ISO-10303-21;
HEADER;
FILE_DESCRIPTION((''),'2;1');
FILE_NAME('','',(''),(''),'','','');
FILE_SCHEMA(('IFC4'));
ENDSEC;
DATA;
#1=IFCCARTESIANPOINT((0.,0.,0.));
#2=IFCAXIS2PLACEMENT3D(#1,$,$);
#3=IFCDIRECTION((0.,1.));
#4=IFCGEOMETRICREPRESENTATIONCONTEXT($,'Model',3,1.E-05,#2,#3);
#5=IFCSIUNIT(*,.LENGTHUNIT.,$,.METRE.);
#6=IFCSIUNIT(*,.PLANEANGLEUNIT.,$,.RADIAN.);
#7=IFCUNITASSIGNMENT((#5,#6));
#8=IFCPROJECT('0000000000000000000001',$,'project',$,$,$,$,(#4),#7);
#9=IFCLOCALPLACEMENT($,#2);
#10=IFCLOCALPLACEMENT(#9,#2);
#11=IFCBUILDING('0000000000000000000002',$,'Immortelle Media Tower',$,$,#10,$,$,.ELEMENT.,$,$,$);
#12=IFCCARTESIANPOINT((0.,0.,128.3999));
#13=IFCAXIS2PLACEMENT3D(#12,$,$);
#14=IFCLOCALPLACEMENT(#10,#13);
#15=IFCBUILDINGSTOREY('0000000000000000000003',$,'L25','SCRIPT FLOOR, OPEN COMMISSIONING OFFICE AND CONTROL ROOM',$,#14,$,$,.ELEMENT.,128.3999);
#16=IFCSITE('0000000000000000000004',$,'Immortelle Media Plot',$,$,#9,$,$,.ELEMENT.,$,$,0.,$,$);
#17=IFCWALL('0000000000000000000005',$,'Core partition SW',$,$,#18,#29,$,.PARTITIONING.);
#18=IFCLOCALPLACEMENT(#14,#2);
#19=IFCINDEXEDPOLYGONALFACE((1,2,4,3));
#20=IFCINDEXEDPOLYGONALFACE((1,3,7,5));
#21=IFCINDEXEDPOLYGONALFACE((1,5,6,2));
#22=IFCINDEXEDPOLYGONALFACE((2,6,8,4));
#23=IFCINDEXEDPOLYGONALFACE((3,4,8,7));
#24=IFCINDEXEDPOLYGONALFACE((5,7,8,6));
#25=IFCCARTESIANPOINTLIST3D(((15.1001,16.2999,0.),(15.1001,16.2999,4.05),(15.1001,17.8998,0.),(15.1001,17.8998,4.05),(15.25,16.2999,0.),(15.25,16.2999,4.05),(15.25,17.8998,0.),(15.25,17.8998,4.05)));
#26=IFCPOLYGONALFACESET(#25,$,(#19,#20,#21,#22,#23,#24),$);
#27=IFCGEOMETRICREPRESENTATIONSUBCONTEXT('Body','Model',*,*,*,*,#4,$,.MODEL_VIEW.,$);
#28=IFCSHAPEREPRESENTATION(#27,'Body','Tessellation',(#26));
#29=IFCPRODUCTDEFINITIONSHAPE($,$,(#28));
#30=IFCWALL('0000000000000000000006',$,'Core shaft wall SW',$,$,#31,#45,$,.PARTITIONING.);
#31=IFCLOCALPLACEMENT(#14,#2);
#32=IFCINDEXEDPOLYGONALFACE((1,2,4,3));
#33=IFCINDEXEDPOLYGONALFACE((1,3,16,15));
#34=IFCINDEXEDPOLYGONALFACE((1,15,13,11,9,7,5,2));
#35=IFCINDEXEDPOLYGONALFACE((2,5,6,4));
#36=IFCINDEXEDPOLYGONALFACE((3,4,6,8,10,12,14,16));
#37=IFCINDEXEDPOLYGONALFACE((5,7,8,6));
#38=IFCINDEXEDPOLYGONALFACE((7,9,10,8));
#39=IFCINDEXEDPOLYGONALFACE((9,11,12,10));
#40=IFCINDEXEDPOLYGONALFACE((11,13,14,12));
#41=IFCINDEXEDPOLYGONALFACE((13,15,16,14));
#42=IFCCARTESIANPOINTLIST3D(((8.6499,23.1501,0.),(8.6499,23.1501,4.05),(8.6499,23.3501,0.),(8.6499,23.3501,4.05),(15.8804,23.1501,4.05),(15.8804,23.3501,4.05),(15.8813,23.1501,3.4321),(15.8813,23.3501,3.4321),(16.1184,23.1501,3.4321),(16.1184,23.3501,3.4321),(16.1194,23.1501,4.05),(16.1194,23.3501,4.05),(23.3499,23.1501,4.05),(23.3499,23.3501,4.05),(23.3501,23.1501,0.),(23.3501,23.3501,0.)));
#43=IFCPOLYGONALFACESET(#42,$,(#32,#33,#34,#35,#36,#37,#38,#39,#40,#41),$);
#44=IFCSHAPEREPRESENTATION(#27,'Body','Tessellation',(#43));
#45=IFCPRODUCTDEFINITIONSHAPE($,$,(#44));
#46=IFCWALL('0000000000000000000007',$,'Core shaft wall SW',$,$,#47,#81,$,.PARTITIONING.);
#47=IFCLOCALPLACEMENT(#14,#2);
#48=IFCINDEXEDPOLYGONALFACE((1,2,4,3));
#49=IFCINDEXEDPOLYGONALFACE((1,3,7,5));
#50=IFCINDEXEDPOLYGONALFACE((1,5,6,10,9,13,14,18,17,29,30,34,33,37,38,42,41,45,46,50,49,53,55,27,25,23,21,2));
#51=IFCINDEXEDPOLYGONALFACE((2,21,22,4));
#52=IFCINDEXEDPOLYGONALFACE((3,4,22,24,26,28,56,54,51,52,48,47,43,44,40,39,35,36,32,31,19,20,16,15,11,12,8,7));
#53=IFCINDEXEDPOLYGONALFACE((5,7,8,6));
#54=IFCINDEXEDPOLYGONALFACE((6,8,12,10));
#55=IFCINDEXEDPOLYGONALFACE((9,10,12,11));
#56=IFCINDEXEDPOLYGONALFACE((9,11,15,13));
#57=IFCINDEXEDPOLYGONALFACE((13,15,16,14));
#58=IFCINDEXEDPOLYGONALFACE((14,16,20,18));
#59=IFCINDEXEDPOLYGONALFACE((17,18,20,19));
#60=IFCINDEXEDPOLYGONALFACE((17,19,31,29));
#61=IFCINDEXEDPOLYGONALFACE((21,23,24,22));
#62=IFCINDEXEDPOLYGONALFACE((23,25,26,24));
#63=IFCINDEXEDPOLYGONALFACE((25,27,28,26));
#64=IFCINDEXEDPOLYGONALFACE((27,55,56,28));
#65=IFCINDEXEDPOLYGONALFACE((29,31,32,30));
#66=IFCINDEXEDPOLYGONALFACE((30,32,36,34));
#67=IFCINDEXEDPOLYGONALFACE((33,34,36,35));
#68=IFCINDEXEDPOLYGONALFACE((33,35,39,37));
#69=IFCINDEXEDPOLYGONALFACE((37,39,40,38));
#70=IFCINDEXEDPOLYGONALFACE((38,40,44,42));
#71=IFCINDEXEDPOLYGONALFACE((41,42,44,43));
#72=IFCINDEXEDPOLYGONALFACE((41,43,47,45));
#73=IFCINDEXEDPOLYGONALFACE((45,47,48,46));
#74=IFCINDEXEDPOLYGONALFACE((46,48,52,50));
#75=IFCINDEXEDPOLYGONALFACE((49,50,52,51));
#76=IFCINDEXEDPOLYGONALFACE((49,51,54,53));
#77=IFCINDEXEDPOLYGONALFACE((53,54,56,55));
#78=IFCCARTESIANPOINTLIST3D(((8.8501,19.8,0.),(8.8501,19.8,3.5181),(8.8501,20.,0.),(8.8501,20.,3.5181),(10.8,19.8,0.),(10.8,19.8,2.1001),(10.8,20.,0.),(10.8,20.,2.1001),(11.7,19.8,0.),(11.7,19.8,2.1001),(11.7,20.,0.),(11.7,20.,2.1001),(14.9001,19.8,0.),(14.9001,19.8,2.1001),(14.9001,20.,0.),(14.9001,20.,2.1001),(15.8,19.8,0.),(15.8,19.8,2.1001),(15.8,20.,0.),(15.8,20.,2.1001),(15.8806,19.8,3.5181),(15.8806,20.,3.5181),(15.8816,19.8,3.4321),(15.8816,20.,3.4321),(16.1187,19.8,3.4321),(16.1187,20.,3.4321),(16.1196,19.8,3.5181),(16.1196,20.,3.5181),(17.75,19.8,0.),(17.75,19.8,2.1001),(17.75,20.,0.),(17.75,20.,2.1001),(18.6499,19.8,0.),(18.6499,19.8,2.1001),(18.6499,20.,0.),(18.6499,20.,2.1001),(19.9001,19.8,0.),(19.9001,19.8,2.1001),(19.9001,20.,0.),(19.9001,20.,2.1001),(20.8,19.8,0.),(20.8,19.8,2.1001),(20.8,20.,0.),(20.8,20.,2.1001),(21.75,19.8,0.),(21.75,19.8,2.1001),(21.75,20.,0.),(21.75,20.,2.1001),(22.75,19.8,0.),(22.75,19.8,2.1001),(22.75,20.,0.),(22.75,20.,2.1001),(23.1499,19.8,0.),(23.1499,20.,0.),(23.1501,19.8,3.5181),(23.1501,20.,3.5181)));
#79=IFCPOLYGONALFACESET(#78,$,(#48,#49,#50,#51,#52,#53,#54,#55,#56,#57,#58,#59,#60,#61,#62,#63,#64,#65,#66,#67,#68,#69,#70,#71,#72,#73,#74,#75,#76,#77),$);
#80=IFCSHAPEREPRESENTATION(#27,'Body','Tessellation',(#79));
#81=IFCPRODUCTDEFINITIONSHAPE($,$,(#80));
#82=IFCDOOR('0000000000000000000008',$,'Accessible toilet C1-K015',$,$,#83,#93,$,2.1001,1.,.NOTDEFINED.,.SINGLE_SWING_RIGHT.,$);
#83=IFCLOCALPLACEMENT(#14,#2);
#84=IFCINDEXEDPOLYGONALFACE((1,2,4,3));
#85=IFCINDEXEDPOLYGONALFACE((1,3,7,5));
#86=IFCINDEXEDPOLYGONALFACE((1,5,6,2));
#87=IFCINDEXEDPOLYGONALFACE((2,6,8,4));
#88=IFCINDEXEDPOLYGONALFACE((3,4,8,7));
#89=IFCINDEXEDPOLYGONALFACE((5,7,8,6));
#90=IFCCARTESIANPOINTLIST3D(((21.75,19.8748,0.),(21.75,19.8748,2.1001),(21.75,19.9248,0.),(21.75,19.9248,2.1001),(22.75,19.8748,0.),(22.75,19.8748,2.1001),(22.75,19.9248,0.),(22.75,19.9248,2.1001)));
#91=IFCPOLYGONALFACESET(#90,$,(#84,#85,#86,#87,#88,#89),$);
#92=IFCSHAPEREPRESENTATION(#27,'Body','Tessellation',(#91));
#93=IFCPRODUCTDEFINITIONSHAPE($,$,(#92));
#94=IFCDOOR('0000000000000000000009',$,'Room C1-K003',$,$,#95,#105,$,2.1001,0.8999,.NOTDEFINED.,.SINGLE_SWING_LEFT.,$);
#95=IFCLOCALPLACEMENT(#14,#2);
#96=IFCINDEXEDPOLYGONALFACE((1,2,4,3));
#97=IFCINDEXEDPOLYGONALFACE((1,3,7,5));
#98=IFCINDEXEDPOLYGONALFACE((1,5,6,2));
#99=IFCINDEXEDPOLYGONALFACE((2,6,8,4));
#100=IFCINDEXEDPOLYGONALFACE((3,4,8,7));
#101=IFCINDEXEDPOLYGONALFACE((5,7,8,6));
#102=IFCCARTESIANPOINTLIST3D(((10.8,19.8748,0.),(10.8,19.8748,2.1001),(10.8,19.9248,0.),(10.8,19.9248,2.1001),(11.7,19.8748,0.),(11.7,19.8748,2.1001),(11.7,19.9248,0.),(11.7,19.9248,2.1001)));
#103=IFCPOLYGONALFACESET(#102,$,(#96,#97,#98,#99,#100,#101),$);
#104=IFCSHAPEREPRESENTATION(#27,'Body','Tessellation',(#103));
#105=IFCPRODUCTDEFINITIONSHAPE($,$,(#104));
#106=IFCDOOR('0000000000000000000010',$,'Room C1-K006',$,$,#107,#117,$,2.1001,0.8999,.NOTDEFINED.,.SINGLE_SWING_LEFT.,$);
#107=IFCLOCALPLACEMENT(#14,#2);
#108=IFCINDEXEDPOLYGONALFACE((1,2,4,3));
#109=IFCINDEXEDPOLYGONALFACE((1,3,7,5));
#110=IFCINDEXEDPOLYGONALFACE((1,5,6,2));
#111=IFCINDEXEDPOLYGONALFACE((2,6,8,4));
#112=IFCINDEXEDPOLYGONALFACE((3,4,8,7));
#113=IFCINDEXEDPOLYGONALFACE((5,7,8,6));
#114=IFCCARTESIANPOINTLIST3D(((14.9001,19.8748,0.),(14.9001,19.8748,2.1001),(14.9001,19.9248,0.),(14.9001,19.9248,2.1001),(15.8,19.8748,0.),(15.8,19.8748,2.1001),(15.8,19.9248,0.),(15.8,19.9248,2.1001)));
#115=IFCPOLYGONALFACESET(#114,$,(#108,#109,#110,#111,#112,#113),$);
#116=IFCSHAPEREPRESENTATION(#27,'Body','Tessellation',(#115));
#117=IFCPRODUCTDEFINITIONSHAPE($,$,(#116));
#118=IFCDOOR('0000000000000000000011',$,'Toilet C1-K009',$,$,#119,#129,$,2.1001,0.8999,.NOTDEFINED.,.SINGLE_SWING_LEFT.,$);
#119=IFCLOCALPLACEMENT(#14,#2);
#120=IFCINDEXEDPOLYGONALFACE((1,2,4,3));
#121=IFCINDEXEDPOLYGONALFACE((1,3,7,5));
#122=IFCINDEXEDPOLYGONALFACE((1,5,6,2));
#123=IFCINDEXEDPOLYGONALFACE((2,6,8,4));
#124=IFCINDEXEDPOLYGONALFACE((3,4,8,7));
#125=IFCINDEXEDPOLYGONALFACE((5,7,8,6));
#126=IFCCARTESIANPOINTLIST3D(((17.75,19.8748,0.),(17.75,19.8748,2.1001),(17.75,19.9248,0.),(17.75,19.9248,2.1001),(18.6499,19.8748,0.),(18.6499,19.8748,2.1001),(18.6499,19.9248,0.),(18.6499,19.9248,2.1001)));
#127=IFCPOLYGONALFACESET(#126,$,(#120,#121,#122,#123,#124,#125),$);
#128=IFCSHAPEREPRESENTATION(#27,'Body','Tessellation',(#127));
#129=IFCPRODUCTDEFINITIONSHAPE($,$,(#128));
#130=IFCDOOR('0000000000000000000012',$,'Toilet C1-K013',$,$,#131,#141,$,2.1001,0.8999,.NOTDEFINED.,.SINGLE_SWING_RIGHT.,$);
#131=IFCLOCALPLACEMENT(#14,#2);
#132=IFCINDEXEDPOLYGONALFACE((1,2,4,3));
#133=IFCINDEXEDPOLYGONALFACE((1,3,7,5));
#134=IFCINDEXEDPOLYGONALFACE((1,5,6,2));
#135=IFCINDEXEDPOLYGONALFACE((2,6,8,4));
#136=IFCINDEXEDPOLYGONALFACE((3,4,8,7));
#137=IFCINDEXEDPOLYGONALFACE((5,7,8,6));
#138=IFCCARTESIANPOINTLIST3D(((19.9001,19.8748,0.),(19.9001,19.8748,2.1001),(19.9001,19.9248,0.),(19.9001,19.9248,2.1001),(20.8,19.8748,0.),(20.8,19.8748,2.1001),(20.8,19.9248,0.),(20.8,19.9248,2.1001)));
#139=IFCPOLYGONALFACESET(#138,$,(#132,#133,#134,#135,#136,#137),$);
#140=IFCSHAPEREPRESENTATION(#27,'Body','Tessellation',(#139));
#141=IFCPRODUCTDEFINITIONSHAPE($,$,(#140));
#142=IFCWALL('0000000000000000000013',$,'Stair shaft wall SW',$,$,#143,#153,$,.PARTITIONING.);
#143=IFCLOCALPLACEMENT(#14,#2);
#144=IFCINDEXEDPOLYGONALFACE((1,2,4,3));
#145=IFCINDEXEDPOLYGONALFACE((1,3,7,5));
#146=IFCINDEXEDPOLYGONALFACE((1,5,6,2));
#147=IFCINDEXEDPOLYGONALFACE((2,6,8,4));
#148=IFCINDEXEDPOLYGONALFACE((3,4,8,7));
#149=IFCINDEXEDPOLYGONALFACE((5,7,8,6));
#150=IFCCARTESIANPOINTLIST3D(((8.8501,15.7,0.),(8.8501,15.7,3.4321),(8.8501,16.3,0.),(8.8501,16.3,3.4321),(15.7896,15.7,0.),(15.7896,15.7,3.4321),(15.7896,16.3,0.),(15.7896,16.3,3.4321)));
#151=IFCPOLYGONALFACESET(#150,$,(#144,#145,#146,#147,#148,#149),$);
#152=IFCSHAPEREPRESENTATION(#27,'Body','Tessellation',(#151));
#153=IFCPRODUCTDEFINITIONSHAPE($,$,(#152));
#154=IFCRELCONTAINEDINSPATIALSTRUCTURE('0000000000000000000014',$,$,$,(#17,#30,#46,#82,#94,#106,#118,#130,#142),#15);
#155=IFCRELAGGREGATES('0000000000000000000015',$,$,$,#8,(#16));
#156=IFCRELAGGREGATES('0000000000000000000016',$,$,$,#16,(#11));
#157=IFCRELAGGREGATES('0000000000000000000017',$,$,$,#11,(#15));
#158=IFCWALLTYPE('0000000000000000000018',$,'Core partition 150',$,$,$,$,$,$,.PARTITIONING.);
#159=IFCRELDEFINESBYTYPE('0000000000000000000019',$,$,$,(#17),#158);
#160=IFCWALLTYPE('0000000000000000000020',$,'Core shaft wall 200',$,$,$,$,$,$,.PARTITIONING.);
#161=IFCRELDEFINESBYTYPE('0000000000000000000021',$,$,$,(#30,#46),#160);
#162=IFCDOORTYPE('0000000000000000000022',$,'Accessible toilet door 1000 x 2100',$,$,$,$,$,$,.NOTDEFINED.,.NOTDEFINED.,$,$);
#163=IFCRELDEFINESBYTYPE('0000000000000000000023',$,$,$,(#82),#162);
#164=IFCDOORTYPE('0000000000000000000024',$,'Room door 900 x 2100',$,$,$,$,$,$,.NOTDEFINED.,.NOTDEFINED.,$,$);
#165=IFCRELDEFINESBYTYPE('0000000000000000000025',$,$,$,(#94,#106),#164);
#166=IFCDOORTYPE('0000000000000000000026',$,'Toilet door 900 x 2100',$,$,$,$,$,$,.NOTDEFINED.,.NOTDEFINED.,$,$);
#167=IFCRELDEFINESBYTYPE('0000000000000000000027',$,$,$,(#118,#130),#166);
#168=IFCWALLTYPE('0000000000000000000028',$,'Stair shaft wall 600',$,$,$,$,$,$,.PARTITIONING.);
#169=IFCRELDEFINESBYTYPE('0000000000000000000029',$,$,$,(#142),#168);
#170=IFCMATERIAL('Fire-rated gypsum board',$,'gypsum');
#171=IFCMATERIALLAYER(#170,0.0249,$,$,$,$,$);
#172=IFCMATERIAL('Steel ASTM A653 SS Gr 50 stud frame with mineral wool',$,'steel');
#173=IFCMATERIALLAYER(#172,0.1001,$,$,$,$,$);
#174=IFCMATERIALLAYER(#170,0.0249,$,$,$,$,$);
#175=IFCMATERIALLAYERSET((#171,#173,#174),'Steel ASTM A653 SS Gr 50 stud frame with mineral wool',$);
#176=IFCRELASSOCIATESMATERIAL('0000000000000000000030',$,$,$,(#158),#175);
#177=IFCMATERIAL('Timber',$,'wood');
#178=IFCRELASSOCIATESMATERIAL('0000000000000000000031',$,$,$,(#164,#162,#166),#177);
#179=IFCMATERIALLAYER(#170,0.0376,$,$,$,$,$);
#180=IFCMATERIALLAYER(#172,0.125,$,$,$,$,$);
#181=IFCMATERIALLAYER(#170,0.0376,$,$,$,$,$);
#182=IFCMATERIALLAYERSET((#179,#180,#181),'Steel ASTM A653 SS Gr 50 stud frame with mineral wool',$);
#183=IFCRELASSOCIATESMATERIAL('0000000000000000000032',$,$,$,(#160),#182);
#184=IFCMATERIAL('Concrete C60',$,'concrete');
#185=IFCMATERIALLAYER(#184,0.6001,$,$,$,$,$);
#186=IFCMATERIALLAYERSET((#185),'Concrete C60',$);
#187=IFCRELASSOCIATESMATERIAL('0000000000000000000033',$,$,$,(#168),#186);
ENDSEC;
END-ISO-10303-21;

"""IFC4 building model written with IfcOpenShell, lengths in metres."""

from ifc_helpers import new_model, si_unit, direction, frame, frame_2d, origin, place, context, subcontext, project, spatial, polyline, rectangle, outline, extrude, material, layer, layer_set, type_object, element, fill, save


model = new_model("IFC4")

# Units and contexts
model_context = context("Model", 3, precision=1e-05, world=origin(), true_north=direction((0.0, 1.0)))
body_context = subcontext(model_context, "Body", "Model", "MODEL_VIEW")
ifc_project = project(units=[si_unit("LENGTHUNIT", "METRE"), si_unit("PLANEANGLEUNIT", "RADIAN")], contexts=[model_context])

# Site, building, storey
site_placement = place(None, origin())
site = spatial("IfcSite", under=ifc_project, at=site_placement, Name="Immortelle Media Plot", CompositionType="ELEMENT", RefElevation=0.0)
building_placement = place(site_placement, origin())
building = spatial("IfcBuilding", under=site, at=building_placement, Name="Immortelle Media Tower", CompositionType="ELEMENT")
storey_placement = place(building_placement, frame((0.0, 0.0, 128.3999)))
storey = spatial("IfcBuildingStorey", under=building, at=storey_placement, Name="L25", Description="SCRIPT FLOOR, OPEN COMMISSIONING OFFICE AND CONTROL ROOM", CompositionType="ELEMENT", Elevation=128.3999)

# Shared definitions
ifc_material_1 = material(Name="Fire-rated gypsum board", Category="gypsum")
ifc_layer_1 = layer(ifc_material_1, 0.0249)
ifc_material_2 = material(Name="Steel ASTM A653 SS Gr 50 stud frame with mineral wool", Category="steel")
ifc_layer_2 = layer(ifc_material_2, 0.1001)
ifc_layer_3 = layer(ifc_material_1, 0.0249)
ifc_layer_set_1 = layer_set([ifc_layer_1, ifc_layer_2, ifc_layer_3], Name="Steel ASTM A653 SS Gr 50 stud frame with mineral wool")
wall_type_1 = type_object("IfcWallType", Name="Core partition 150", PredefinedType="PARTITIONING", material=ifc_layer_set_1)

# Shared definitions
ifc_material_3 = material(Name="Timber", Category="wood")
door_type_1 = type_object("IfcDoorType", Name="Room door 900 x 2100", OperationType="NOTDEFINED", PredefinedType="NOTDEFINED", material=ifc_material_3)

# Walls
wall_1_placement = place(storey_placement, frame((15.175, 16.3, 0.0), z_axis=(0.0, 0.0, 1.0), x_axis=(0.0, 1.0, 0.0)))
element("IfcWall", 1, at=wall_1_placement, inside=storey, type_object=wall_type_1, Name="Core partition SW", PredefinedType="PARTITIONING", context=body_context, shape_type="SweptSolid", body=[
    extrude(rectangle(XDim=1.5999, YDim=0.1499, at=frame_2d((0.7998, 0.0))), origin(), (0.0, 0.0, 1.0), 4.05),
])
ifc_layer_4 = layer(ifc_material_1, 0.0376)
ifc_layer_5 = layer(ifc_material_2, 0.125)
ifc_layer_6 = layer(ifc_material_1, 0.0376)
ifc_layer_set_2 = layer_set([ifc_layer_4, ifc_layer_5, ifc_layer_6], Name="Steel ASTM A653 SS Gr 50 stud frame with mineral wool")
wall_type_2 = type_object("IfcWallType", Name="Core shaft wall 200", PredefinedType="PARTITIONING", material=ifc_layer_set_2)
wall_2_placement = place(storey_placement, frame((8.6499, 23.25, 0.0), z_axis=(0.0, 0.0, 1.0), x_axis=(1.0, 0.0, 0.0)))
element("IfcWall", 2, at=wall_2_placement, inside=storey, type_object=wall_type_2, Name="Core shaft wall SW", PredefinedType="PARTITIONING", context=body_context, shape_type="SweptSolid", body=[
    extrude(outline(polyline([(0.0, 0.0), (14.7002, 0.0), (14.7, 4.05), (7.4695, 4.05), (7.4685, 3.4321), (7.2314, 3.4321), (7.2305, 4.05), (0.0, 4.05), (0.0, 0.0)])), frame((0.0, 0.1001, 0.0), z_axis=(0.0, -1.0, 0.0), x_axis=(1.0, 0.0, 0.0)), (0.0, 0.0, 1.0), 0.2),
])

# Wall, openings, doors
wall_3_placement = place(storey_placement, frame((8.8501, 19.8999, 0.0), z_axis=(0.0, 0.0, 1.0), x_axis=(1.0, 0.0, 0.0)))
wall_3 = element("IfcWall", 3, at=wall_3_placement, inside=storey, type_object=wall_type_2, Name="Core shaft wall SW", PredefinedType="PARTITIONING", context=body_context, shape_type="SweptSolid", body=[
    extrude(outline(polyline([(0.0, 0.0), (14.2998, 0.0), (14.3, 3.5181), (7.2695, 3.5181), (7.2686, 3.4321), (7.0315, 3.4321), (7.0305, 3.5181), (0.0, 3.5181), (0.0, 0.0)])), frame((0.0, 0.1001, 0.0), z_axis=(0.0, -1.0, 0.0), x_axis=(1.0, 0.0, 0.0)), (0.0, 0.0, 1.0), 0.2),
])
opening_1_placement = place(wall_3_placement, frame((1.95, 0.0, 0.0)))
opening_1 = element("IfcOpeningElement", 4, at=opening_1_placement, cuts=wall_3, PredefinedType="OPENING", context=body_context, shape_type="SweptSolid", body=[
    extrude(rectangle(XDim=0.8999, YDim=2.1001, at=frame_2d((0.45, 1.05))), frame((0.0, 0.1099, 0.0), z_axis=(0.0, -1.0, 0.0), x_axis=(1.0, 0.0, 0.0)), (0.0, 0.0, 1.0), 0.22),
])
opening_2_placement = place(wall_3_placement, frame((6.05, 0.0, 0.0)))
opening_2 = element("IfcOpeningElement", 5, at=opening_2_placement, cuts=wall_3, PredefinedType="OPENING", context=body_context, shape_type="SweptSolid", body=[
    extrude(rectangle(XDim=0.8999, YDim=2.1001, at=frame_2d((0.45, 1.05))), frame((0.0, 0.1099, 0.0), z_axis=(0.0, -1.0, 0.0), x_axis=(1.0, 0.0, 0.0)), (0.0, 0.0, 1.0), 0.22),
])
opening_3_placement = place(wall_3_placement, frame((8.8999, 0.0, 0.0)))
opening_3 = element("IfcOpeningElement", 6, at=opening_3_placement, cuts=wall_3, PredefinedType="OPENING", context=body_context, shape_type="SweptSolid", body=[
    extrude(rectangle(XDim=0.8999, YDim=2.1001, at=frame_2d((0.45, 1.05))), frame((0.0, 0.1099, 0.0), z_axis=(0.0, -1.0, 0.0), x_axis=(1.0, 0.0, 0.0)), (0.0, 0.0, 1.0), 0.22),
])
opening_4_placement = place(wall_3_placement, frame((11.05, 0.0, 0.0)))
opening_4 = element("IfcOpeningElement", 7, at=opening_4_placement, cuts=wall_3, PredefinedType="OPENING", context=body_context, shape_type="SweptSolid", body=[
    extrude(rectangle(XDim=0.8999, YDim=2.1001, at=frame_2d((0.45, 1.05))), frame((0.0, 0.1099, 0.0), z_axis=(0.0, -1.0, 0.0), x_axis=(1.0, 0.0, 0.0)), (0.0, 0.0, 1.0), 0.22),
])
opening_5_placement = place(wall_3_placement, frame((12.8999, 0.0, 0.0)))
opening_5 = element("IfcOpeningElement", 8, at=opening_5_placement, cuts=wall_3, PredefinedType="OPENING", context=body_context, shape_type="SweptSolid", body=[
    extrude(rectangle(XDim=1.0, YDim=2.1001, at=frame_2d((0.5, 1.05))), frame((0.0, 0.1099, 0.0), z_axis=(0.0, -1.0, 0.0), x_axis=(1.0, 0.0, 0.0)), (0.0, 0.0, 1.0), 0.22),
])
door_type_2 = type_object("IfcDoorType", Name="Accessible toilet door 1000 x 2100", OperationType="NOTDEFINED", PredefinedType="NOTDEFINED", material=ifc_material_3)
door_1_placement = place(opening_5_placement, origin())
door_1 = element("IfcDoor", 9, at=door_1_placement, inside=storey, type_object=door_type_2, Name="Accessible toilet C1-K015", OperationType="SINGLE_SWING_RIGHT", OverallHeight=2.1001, OverallWidth=1.0, PredefinedType="NOTDEFINED", context=body_context, shape_type="SweptSolid", body=[
    extrude(rectangle(XDim=1.0, YDim=2.1001, at=frame_2d((0.5, 1.05))), frame((0.0, 0.0249, 0.0), z_axis=(0.0, -1.0, 0.0), x_axis=(1.0, 0.0, 0.0)), (0.0, 0.0, 1.0), 0.05),
])
fill(opening_5, door_1)
door_2_placement = place(opening_1_placement, origin())
door_2 = element("IfcDoor", 10, at=door_2_placement, inside=storey, type_object=door_type_1, Name="Room C1-K003", OperationType="SINGLE_SWING_LEFT", OverallHeight=2.1001, OverallWidth=0.8999, PredefinedType="NOTDEFINED", context=body_context, shape_type="SweptSolid", body=[
    extrude(rectangle(XDim=0.8999, YDim=2.1001, at=frame_2d((0.45, 1.05))), frame((0.0, 0.0249, 0.0), z_axis=(0.0, -1.0, 0.0), x_axis=(1.0, 0.0, 0.0)), (0.0, 0.0, 1.0), 0.05),
])
fill(opening_1, door_2)
door_3_placement = place(opening_2_placement, origin())
door_3 = element("IfcDoor", 11, at=door_3_placement, inside=storey, type_object=door_type_1, Name="Room C1-K006", OperationType="SINGLE_SWING_LEFT", OverallHeight=2.1001, OverallWidth=0.8999, PredefinedType="NOTDEFINED", context=body_context, shape_type="SweptSolid", body=[
    extrude(rectangle(XDim=0.8999, YDim=2.1001, at=frame_2d((0.45, 1.05))), frame((0.0, 0.0249, 0.0), z_axis=(0.0, -1.0, 0.0), x_axis=(1.0, 0.0, 0.0)), (0.0, 0.0, 1.0), 0.05),
])
fill(opening_2, door_3)
door_type_3 = type_object("IfcDoorType", Name="Toilet door 900 x 2100", OperationType="NOTDEFINED", PredefinedType="NOTDEFINED", material=ifc_material_3)
door_4_placement = place(opening_3_placement, origin())
door_4 = element("IfcDoor", 12, at=door_4_placement, inside=storey, type_object=door_type_3, Name="Toilet C1-K009", OperationType="SINGLE_SWING_LEFT", OverallHeight=2.1001, OverallWidth=0.8999, PredefinedType="NOTDEFINED", context=body_context, shape_type="SweptSolid", body=[
    extrude(rectangle(XDim=0.8999, YDim=2.1001, at=frame_2d((0.45, 1.05))), frame((0.0, 0.0249, 0.0), z_axis=(0.0, -1.0, 0.0), x_axis=(1.0, 0.0, 0.0)), (0.0, 0.0, 1.0), 0.05),
])
fill(opening_3, door_4)
door_5_placement = place(opening_4_placement, origin())
door_5 = element("IfcDoor", 13, at=door_5_placement, inside=storey, type_object=door_type_3, Name="Toilet C1-K013", OperationType="SINGLE_SWING_RIGHT", OverallHeight=2.1001, OverallWidth=0.8999, PredefinedType="NOTDEFINED", context=body_context, shape_type="SweptSolid", body=[
    extrude(rectangle(XDim=0.8999, YDim=2.1001, at=frame_2d((0.45, 1.05))), frame((0.0, 0.0249, 0.0), z_axis=(0.0, -1.0, 0.0), x_axis=(1.0, 0.0, 0.0)), (0.0, 0.0, 1.0), 0.05),
])
fill(opening_4, door_5)

# Wall
ifc_material_4 = material(Name="Concrete C60", Category="concrete")
ifc_layer_7 = layer(ifc_material_4, 0.6001)
ifc_layer_set_3 = layer_set([ifc_layer_7], Name="Concrete C60")
wall_type_3 = type_object("IfcWallType", Name="Stair shaft wall 600", PredefinedType="PARTITIONING", material=ifc_layer_set_3)
wall_4_placement = place(storey_placement, frame((8.8501, 16.0, 0.0), z_axis=(0.0, 0.0, 1.0), x_axis=(1.0, 0.0, 0.0)))
element("IfcWall", 14, at=wall_4_placement, inside=storey, type_object=wall_type_3, Name="Stair shaft wall SW", PredefinedType="PARTITIONING", context=body_context, shape_type="SweptSolid", body=[
    extrude(rectangle(XDim=6.9395, YDim=0.6001, at=frame_2d((3.4697, 0.0))), origin(), (0.0, 0.0, 1.0), 3.4321),
])

save(model, "model.ifc")
